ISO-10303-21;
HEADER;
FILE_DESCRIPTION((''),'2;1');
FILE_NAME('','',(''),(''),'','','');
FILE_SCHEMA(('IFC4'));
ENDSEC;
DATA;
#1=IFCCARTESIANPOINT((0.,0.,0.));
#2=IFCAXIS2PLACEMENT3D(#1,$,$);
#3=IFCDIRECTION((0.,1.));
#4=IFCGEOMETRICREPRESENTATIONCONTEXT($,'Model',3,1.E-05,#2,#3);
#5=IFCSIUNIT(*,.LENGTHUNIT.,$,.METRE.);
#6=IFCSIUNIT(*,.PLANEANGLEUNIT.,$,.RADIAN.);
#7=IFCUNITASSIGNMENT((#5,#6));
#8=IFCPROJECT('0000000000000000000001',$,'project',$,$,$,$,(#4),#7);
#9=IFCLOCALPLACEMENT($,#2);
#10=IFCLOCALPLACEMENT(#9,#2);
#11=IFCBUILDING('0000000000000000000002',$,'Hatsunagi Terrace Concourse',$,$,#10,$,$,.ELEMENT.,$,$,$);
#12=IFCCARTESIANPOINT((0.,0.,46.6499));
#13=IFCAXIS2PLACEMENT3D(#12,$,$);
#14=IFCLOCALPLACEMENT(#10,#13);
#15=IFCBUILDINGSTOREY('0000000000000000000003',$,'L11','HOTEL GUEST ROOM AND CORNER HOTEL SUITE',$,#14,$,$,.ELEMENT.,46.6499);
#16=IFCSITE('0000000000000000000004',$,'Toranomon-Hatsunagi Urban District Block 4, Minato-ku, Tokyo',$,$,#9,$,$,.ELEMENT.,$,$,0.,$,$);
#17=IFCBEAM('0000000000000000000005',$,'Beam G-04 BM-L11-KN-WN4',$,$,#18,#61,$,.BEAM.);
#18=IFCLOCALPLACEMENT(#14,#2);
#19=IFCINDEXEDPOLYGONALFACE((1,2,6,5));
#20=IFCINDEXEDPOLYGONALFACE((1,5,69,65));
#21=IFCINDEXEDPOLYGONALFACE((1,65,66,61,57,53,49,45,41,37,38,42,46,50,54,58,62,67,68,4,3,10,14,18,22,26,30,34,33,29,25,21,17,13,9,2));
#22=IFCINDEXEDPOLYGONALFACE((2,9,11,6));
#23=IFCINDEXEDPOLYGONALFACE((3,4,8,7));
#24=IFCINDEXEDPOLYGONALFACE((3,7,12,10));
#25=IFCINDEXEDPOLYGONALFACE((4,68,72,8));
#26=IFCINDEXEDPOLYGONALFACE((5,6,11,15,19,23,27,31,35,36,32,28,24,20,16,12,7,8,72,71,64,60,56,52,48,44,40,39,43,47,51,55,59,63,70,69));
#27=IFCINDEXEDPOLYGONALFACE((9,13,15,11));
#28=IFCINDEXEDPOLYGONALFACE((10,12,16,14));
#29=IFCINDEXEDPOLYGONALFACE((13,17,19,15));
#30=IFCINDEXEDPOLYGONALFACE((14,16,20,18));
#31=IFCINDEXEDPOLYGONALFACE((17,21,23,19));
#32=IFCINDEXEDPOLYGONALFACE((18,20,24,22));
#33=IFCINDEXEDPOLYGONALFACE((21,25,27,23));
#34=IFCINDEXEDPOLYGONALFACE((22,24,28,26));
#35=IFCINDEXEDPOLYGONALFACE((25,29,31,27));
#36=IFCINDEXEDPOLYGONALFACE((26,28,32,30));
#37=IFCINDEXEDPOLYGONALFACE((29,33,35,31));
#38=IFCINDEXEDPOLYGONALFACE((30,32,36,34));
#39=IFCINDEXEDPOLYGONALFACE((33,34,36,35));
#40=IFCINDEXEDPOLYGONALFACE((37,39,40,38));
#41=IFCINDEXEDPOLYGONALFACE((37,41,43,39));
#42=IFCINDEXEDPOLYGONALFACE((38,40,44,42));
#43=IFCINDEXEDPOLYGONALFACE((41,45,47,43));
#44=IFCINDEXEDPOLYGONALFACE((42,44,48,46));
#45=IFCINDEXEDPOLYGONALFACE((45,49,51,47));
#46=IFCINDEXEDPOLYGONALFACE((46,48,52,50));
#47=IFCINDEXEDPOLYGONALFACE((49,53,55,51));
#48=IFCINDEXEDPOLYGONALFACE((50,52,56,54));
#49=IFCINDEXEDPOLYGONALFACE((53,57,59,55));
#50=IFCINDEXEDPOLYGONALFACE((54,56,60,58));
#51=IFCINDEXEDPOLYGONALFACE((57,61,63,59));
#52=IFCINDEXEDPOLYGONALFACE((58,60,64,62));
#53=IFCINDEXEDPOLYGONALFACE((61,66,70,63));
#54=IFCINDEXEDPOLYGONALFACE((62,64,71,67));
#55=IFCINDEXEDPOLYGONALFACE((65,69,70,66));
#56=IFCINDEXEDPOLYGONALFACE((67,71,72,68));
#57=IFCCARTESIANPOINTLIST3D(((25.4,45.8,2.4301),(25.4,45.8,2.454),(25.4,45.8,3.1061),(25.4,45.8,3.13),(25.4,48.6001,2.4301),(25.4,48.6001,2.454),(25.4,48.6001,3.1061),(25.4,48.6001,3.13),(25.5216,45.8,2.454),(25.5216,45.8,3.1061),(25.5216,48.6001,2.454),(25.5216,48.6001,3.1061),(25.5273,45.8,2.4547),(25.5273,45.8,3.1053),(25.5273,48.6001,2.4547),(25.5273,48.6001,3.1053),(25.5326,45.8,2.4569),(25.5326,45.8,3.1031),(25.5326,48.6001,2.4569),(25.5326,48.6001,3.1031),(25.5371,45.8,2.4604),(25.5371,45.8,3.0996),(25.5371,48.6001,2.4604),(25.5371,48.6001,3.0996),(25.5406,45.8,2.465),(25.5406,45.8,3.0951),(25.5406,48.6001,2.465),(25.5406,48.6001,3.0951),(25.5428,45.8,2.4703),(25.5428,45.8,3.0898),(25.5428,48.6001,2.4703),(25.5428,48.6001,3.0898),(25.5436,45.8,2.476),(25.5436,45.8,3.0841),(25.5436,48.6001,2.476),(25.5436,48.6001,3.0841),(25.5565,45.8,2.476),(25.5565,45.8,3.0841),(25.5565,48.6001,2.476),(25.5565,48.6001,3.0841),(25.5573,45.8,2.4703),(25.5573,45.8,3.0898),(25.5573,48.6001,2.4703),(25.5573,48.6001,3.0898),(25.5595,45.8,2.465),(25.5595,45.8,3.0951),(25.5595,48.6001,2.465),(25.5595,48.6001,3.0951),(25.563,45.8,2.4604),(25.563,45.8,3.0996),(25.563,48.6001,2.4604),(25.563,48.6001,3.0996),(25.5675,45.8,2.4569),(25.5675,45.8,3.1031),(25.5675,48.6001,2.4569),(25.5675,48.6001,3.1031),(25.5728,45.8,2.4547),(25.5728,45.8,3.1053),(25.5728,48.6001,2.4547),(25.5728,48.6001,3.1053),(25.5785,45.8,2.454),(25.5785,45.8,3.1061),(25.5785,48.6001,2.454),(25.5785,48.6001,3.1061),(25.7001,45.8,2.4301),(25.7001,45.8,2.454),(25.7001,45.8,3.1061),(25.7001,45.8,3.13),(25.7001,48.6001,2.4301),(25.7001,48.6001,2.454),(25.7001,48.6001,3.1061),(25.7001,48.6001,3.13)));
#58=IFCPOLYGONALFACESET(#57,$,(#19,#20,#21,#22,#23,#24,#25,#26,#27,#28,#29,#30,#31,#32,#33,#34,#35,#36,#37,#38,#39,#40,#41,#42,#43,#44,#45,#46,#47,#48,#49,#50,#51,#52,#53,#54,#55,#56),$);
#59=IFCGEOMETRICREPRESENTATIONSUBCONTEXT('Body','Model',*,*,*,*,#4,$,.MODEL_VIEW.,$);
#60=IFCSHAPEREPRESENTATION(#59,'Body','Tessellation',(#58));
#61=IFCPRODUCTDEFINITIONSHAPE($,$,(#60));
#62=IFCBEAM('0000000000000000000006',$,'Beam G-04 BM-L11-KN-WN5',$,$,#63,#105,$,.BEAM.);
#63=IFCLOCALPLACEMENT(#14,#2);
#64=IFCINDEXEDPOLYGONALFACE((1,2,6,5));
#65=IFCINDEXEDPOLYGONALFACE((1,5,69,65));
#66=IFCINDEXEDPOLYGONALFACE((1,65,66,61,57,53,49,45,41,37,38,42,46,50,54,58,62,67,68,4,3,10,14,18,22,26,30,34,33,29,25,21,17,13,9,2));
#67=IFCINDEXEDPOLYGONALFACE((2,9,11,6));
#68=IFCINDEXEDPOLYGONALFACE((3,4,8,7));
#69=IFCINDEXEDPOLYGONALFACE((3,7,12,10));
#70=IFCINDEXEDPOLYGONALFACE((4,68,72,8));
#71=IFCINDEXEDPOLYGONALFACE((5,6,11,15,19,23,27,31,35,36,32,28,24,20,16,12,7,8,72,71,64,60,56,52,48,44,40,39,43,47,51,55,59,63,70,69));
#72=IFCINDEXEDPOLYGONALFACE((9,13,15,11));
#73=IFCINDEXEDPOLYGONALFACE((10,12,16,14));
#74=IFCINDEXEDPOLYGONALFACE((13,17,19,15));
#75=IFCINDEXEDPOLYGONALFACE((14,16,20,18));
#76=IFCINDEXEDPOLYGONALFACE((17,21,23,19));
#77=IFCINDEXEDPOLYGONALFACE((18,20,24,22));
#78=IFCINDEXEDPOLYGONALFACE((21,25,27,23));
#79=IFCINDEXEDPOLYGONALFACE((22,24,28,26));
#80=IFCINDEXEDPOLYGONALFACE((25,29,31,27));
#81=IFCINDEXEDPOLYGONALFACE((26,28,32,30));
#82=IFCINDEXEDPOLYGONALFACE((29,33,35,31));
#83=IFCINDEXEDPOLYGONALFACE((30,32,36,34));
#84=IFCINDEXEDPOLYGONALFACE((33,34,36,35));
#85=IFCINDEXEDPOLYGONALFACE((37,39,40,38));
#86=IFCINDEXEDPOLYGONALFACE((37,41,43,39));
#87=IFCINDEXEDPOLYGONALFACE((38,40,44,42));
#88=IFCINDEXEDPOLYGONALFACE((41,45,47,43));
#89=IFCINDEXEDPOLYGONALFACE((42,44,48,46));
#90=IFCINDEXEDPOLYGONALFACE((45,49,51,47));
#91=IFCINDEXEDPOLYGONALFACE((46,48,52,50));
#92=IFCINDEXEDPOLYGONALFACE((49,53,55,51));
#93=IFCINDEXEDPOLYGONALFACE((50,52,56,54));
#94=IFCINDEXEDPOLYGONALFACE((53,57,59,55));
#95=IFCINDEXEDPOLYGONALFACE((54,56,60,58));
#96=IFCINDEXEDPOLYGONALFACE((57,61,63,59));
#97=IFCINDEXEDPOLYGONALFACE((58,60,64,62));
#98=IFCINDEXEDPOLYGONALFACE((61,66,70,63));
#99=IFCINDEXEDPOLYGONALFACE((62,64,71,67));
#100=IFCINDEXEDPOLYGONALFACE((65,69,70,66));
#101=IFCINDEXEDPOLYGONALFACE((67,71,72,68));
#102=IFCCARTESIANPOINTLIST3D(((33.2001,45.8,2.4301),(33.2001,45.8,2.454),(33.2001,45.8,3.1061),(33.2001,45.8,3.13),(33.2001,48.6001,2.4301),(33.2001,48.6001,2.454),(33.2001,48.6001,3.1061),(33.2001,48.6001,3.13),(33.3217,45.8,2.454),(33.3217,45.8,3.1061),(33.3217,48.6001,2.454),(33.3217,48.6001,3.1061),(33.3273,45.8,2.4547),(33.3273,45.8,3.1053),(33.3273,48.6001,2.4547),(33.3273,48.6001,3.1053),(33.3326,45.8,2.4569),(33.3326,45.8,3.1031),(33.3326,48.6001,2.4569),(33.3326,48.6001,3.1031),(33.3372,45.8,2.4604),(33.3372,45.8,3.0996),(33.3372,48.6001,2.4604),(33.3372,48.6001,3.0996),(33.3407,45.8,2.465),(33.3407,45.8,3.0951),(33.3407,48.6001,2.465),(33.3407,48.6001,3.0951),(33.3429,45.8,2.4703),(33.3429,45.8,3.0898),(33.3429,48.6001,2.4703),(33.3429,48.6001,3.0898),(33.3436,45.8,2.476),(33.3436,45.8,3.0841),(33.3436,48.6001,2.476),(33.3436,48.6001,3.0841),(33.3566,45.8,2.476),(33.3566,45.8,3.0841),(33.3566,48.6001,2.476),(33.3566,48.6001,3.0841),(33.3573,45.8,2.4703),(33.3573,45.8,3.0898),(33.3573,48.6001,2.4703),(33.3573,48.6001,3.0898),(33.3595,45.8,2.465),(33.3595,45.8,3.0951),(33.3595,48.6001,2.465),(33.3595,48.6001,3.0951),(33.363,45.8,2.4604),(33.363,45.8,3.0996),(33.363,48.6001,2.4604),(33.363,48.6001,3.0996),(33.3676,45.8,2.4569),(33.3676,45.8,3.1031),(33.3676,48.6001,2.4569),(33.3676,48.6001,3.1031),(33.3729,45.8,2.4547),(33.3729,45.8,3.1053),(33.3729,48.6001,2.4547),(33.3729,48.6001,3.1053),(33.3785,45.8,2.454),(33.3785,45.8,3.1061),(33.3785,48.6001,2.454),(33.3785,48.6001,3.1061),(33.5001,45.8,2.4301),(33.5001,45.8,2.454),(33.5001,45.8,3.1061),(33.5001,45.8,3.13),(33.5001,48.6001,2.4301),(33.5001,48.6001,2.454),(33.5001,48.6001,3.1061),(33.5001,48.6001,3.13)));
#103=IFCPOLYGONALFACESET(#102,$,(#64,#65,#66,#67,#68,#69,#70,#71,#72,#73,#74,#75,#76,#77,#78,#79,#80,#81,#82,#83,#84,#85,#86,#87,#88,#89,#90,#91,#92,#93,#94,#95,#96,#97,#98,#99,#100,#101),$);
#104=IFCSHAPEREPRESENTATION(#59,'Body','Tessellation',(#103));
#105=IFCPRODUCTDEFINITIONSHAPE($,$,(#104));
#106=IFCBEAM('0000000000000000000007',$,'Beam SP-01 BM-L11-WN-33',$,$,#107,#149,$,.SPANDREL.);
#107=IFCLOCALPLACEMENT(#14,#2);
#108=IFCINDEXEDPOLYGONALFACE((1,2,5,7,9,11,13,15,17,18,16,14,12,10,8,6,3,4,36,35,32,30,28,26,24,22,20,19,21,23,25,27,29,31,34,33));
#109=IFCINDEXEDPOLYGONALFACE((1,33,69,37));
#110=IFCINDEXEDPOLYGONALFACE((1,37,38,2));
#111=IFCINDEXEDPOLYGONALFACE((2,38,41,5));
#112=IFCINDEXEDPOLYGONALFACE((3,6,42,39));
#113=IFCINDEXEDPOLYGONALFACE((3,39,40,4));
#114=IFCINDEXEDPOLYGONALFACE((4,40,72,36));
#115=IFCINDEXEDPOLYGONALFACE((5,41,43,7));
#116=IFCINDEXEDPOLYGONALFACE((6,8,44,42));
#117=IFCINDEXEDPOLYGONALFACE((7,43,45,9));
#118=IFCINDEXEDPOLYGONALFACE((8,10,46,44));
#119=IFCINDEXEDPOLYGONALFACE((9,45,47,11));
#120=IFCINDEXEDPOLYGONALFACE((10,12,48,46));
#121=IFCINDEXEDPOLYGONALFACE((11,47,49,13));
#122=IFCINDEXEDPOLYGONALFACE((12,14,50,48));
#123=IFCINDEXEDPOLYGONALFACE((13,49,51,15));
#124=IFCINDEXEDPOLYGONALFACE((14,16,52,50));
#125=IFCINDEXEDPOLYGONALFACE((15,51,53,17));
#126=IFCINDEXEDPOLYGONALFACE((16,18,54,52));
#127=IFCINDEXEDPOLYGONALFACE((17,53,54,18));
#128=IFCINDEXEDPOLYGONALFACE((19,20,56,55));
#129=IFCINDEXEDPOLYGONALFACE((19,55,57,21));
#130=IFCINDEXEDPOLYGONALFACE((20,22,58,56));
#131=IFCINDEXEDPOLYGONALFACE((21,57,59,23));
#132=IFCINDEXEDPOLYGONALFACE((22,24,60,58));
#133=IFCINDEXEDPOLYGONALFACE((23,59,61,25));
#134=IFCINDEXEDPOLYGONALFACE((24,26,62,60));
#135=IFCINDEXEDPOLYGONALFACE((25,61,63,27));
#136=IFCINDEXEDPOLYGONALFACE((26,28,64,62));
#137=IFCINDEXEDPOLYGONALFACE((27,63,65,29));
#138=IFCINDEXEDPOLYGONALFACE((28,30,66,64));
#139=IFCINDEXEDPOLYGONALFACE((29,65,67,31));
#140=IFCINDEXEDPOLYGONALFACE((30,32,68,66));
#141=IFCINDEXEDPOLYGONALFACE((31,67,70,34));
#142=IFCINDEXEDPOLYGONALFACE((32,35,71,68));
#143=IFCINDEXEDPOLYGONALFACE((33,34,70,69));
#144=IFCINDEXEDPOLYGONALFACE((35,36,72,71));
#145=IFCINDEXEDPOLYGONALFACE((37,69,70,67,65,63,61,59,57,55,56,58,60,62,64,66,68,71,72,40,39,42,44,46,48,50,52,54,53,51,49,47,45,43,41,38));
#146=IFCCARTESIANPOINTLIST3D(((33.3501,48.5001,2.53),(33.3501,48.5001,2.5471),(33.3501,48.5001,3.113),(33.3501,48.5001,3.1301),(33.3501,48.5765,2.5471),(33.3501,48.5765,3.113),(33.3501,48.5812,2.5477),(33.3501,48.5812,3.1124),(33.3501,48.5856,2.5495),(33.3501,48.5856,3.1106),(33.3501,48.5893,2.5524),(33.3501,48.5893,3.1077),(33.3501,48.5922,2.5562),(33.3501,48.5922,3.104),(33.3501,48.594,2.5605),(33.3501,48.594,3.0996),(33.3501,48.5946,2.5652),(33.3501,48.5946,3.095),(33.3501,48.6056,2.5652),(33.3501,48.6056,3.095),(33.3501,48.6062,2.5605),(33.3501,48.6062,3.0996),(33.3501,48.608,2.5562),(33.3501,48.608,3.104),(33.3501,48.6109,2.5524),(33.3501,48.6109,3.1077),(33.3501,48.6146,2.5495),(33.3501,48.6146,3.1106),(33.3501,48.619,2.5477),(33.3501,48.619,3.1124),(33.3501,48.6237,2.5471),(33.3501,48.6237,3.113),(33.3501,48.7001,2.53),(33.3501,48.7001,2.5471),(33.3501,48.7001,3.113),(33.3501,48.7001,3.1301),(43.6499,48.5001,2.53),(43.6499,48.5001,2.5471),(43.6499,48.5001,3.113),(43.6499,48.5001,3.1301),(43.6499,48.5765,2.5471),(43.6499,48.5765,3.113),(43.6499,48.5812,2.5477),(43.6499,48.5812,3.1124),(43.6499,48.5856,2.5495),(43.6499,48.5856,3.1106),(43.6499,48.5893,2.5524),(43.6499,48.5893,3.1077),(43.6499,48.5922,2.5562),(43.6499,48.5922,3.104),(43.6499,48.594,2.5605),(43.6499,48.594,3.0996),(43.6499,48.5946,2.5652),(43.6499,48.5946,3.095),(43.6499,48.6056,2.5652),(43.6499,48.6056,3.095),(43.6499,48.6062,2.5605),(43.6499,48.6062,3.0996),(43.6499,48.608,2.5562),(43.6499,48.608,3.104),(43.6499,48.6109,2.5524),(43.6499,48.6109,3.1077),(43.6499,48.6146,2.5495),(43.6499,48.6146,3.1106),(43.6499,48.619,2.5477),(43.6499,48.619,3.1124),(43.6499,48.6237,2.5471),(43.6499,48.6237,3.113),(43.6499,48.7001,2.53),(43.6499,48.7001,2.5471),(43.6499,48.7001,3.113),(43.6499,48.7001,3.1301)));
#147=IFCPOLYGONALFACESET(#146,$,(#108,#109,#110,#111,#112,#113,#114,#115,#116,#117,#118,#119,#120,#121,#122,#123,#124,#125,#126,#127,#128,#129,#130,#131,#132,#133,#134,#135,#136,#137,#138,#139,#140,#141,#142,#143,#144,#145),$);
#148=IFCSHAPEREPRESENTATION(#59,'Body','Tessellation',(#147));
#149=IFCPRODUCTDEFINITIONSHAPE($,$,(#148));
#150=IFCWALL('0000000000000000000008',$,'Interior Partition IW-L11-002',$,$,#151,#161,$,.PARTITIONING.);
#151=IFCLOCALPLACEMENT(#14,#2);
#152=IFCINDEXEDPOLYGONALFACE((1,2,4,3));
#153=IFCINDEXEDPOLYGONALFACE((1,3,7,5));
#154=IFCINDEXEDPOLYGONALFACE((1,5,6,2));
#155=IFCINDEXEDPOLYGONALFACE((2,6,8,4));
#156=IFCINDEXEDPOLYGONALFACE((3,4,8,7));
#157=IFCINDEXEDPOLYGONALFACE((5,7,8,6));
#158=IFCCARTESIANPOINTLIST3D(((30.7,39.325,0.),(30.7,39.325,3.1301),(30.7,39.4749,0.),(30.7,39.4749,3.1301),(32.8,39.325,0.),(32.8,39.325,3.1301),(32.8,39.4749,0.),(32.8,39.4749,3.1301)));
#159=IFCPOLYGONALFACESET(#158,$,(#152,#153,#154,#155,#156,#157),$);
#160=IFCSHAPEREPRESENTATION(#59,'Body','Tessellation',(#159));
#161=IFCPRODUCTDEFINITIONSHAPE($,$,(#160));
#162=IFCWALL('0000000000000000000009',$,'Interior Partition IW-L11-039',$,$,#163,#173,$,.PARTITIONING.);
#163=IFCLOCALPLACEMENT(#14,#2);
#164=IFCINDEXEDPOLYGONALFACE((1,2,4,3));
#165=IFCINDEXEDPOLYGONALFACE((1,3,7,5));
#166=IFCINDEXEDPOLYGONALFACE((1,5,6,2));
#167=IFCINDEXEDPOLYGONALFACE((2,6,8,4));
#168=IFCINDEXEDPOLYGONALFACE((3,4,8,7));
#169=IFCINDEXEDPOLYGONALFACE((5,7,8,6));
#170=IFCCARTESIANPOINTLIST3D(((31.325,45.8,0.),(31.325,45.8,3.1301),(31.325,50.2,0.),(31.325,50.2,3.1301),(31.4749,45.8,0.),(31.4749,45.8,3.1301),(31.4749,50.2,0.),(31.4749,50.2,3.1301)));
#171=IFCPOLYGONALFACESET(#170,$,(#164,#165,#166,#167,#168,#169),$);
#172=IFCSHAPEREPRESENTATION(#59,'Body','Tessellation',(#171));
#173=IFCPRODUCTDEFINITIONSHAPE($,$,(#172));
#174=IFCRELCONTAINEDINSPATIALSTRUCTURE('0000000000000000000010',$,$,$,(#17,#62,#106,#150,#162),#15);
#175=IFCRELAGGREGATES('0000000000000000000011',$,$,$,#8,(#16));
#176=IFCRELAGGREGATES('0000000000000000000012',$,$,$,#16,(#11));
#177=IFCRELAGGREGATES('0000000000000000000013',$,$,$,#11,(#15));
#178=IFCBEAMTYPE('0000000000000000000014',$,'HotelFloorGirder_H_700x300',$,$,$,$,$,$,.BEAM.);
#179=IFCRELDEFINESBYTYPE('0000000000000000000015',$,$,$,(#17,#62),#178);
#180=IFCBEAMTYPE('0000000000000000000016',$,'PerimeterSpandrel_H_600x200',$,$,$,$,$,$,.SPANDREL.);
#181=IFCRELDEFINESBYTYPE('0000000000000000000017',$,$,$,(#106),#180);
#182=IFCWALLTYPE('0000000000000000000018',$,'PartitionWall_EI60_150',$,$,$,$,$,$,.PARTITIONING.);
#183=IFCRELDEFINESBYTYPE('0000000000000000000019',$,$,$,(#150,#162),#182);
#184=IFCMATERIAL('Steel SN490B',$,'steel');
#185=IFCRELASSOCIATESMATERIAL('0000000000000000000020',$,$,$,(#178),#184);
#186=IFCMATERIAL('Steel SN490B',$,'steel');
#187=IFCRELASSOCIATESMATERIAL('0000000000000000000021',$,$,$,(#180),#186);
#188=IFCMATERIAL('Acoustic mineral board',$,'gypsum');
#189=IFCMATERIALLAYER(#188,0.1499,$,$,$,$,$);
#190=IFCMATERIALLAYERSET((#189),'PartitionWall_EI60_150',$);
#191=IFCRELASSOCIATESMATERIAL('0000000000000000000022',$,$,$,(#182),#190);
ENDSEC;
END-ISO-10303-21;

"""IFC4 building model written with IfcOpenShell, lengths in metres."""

from ifc_helpers import new_model, si_unit, direction, frame, frame_2d, origin, origin_2d, place, context, subcontext, project, spatial, rectangle, i_section, extrude, material, layer, layer_set, material_profile, profile_set, type_object, element, save


model = new_model("IFC4")

# Units and contexts
model_context = context("Model", 3, precision=1e-05, world=origin(), true_north=direction((0.0, 1.0)))
body_context = subcontext(model_context, "Body", "Model", "MODEL_VIEW")
ifc_project = project(units=[si_unit("LENGTHUNIT", "METRE"), si_unit("PLANEANGLEUNIT", "RADIAN")], contexts=[model_context])

# Site, building, storey
site_placement = place(None, origin())
site = spatial("IfcSite", under=ifc_project, at=site_placement, Name="Toranomon-Hatsunagi Urban District Block 4, Minato-ku, Tokyo", CompositionType="ELEMENT", RefElevation=0.0)
building_placement = place(site_placement, origin())
building = spatial("IfcBuilding", under=site, at=building_placement, Name="Hatsunagi Terrace Concourse", CompositionType="ELEMENT")
storey_placement = place(building_placement, frame((0.0, 0.0, 46.6499)))
storey = spatial("IfcBuildingStorey", under=building, at=storey_placement, Name="L11", Description="HOTEL GUEST ROOM AND CORNER HOTEL SUITE", CompositionType="ELEMENT", Elevation=46.6499)

# Beams
ifc_material_1 = material(Name="Steel SN490B", Category="steel")
ifc_material_profile_1 = material_profile(ifc_material_1, i_section(OverallWidth=0.3, OverallDepth=0.7, WebThickness=0.0129, FlangeThickness=0.0239, FilletRadius=0.022, at=origin_2d()), Name="H-700x300x13x24")
ifc_profile_set_1 = profile_set([ifc_material_profile_1], Name="Steel SN490B")
beam_type_1 = type_object("IfcBeamType", Name="HotelFloorGirder_H_700x300", PredefinedType="BEAM", material=ifc_profile_set_1)
for number, where, z_axis, x_axis, name in (
    (1, (25.55, 45.8, 2.78), (0.0, 1.0, 0.0), (-1.0, 0.0, 0.0), "Beam G-04 BM-L11-KN-WN4"),
    (2, (33.3501, 45.8, 2.78), (0.0, 1.0, 0.0), (-1.0, 0.0, 0.0), "Beam G-04 BM-L11-KN-WN5"),
):
    element("IfcBeam", number, at=place(storey_placement, frame(where, z_axis=z_axis, x_axis=x_axis)), inside=storey, type_object=beam_type_1, Name=name, PredefinedType="BEAM", context=body_context, shape_type="SweptSolid", body=[
        extrude(i_section(OverallWidth=0.3, OverallDepth=0.7, WebThickness=0.0129, FlangeThickness=0.0239, FilletRadius=0.022, at=origin_2d()), origin(), (0.0, 0.0, 1.0), 2.8),
    ])
ifc_material_2 = material(Name="Steel SN490B", Category="steel")
ifc_material_profile_2 = material_profile(ifc_material_2, i_section(OverallWidth=0.2, OverallDepth=0.6001, WebThickness=0.011, FlangeThickness=0.0171, FilletRadius=0.0181, at=origin_2d()), Name="H-600x200x11x17")
ifc_profile_set_2 = profile_set([ifc_material_profile_2], Name="Steel SN490B")
beam_type_2 = type_object("IfcBeamType", Name="PerimeterSpandrel_H_600x200", PredefinedType="SPANDREL", material=ifc_profile_set_2)
beam_1_placement = place(storey_placement, frame((33.3501, 48.6001, 2.8301), z_axis=(1.0, 0.0, 0.0), x_axis=(0.0, 1.0, 0.0)))
element("IfcBeam", 3, at=beam_1_placement, inside=storey, type_object=beam_type_2, Name="Beam SP-01 BM-L11-WN-33", PredefinedType="SPANDREL", context=body_context, shape_type="SweptSolid", body=[
    extrude(i_section(OverallWidth=0.2, OverallDepth=0.6001, WebThickness=0.011, FlangeThickness=0.0171, FilletRadius=0.0181, at=origin_2d()), origin(), (0.0, 0.0, 1.0), 10.2998),
])

# Walls
ifc_material_3 = material(Name="Acoustic mineral board", Category="gypsum")
ifc_layer_1 = layer(ifc_material_3, 0.1499)
ifc_layer_set_1 = layer_set([ifc_layer_1], Name="PartitionWall_EI60_150")
wall_type_1 = type_object("IfcWallType", Name="PartitionWall_EI60_150", PredefinedType="PARTITIONING", material=ifc_layer_set_1)
wall_1_placement = place(storey_placement, frame((30.7, 39.3999, 0.0), z_axis=(0.0, 0.0, 1.0), x_axis=(1.0, 0.0, 0.0)))
element("IfcWall", 4, at=wall_1_placement, inside=storey, type_object=wall_type_1, Name="Interior Partition IW-L11-002", PredefinedType="PARTITIONING", context=body_context, shape_type="SweptSolid", body=[
    extrude(rectangle(XDim=2.1001, YDim=0.1499, at=frame_2d((1.05, 0.0))), origin(), (0.0, 0.0, 1.0), 3.1301),
])
wall_2_placement = place(storey_placement, frame((31.3999, 45.8, 0.0), z_axis=(0.0, 0.0, 1.0), x_axis=(0.0, 1.0, 0.0)))
element("IfcWall", 5, at=wall_2_placement, inside=storey, type_object=wall_type_1, Name="Interior Partition IW-L11-039", PredefinedType="PARTITIONING", context=body_context, shape_type="SweptSolid", body=[
    extrude(rectangle(XDim=4.3999, YDim=0.1499, at=frame_2d((2.2, 0.0))), origin(), (0.0, 0.0, 1.0), 3.1301),
])

save(model, "model.ifc")
